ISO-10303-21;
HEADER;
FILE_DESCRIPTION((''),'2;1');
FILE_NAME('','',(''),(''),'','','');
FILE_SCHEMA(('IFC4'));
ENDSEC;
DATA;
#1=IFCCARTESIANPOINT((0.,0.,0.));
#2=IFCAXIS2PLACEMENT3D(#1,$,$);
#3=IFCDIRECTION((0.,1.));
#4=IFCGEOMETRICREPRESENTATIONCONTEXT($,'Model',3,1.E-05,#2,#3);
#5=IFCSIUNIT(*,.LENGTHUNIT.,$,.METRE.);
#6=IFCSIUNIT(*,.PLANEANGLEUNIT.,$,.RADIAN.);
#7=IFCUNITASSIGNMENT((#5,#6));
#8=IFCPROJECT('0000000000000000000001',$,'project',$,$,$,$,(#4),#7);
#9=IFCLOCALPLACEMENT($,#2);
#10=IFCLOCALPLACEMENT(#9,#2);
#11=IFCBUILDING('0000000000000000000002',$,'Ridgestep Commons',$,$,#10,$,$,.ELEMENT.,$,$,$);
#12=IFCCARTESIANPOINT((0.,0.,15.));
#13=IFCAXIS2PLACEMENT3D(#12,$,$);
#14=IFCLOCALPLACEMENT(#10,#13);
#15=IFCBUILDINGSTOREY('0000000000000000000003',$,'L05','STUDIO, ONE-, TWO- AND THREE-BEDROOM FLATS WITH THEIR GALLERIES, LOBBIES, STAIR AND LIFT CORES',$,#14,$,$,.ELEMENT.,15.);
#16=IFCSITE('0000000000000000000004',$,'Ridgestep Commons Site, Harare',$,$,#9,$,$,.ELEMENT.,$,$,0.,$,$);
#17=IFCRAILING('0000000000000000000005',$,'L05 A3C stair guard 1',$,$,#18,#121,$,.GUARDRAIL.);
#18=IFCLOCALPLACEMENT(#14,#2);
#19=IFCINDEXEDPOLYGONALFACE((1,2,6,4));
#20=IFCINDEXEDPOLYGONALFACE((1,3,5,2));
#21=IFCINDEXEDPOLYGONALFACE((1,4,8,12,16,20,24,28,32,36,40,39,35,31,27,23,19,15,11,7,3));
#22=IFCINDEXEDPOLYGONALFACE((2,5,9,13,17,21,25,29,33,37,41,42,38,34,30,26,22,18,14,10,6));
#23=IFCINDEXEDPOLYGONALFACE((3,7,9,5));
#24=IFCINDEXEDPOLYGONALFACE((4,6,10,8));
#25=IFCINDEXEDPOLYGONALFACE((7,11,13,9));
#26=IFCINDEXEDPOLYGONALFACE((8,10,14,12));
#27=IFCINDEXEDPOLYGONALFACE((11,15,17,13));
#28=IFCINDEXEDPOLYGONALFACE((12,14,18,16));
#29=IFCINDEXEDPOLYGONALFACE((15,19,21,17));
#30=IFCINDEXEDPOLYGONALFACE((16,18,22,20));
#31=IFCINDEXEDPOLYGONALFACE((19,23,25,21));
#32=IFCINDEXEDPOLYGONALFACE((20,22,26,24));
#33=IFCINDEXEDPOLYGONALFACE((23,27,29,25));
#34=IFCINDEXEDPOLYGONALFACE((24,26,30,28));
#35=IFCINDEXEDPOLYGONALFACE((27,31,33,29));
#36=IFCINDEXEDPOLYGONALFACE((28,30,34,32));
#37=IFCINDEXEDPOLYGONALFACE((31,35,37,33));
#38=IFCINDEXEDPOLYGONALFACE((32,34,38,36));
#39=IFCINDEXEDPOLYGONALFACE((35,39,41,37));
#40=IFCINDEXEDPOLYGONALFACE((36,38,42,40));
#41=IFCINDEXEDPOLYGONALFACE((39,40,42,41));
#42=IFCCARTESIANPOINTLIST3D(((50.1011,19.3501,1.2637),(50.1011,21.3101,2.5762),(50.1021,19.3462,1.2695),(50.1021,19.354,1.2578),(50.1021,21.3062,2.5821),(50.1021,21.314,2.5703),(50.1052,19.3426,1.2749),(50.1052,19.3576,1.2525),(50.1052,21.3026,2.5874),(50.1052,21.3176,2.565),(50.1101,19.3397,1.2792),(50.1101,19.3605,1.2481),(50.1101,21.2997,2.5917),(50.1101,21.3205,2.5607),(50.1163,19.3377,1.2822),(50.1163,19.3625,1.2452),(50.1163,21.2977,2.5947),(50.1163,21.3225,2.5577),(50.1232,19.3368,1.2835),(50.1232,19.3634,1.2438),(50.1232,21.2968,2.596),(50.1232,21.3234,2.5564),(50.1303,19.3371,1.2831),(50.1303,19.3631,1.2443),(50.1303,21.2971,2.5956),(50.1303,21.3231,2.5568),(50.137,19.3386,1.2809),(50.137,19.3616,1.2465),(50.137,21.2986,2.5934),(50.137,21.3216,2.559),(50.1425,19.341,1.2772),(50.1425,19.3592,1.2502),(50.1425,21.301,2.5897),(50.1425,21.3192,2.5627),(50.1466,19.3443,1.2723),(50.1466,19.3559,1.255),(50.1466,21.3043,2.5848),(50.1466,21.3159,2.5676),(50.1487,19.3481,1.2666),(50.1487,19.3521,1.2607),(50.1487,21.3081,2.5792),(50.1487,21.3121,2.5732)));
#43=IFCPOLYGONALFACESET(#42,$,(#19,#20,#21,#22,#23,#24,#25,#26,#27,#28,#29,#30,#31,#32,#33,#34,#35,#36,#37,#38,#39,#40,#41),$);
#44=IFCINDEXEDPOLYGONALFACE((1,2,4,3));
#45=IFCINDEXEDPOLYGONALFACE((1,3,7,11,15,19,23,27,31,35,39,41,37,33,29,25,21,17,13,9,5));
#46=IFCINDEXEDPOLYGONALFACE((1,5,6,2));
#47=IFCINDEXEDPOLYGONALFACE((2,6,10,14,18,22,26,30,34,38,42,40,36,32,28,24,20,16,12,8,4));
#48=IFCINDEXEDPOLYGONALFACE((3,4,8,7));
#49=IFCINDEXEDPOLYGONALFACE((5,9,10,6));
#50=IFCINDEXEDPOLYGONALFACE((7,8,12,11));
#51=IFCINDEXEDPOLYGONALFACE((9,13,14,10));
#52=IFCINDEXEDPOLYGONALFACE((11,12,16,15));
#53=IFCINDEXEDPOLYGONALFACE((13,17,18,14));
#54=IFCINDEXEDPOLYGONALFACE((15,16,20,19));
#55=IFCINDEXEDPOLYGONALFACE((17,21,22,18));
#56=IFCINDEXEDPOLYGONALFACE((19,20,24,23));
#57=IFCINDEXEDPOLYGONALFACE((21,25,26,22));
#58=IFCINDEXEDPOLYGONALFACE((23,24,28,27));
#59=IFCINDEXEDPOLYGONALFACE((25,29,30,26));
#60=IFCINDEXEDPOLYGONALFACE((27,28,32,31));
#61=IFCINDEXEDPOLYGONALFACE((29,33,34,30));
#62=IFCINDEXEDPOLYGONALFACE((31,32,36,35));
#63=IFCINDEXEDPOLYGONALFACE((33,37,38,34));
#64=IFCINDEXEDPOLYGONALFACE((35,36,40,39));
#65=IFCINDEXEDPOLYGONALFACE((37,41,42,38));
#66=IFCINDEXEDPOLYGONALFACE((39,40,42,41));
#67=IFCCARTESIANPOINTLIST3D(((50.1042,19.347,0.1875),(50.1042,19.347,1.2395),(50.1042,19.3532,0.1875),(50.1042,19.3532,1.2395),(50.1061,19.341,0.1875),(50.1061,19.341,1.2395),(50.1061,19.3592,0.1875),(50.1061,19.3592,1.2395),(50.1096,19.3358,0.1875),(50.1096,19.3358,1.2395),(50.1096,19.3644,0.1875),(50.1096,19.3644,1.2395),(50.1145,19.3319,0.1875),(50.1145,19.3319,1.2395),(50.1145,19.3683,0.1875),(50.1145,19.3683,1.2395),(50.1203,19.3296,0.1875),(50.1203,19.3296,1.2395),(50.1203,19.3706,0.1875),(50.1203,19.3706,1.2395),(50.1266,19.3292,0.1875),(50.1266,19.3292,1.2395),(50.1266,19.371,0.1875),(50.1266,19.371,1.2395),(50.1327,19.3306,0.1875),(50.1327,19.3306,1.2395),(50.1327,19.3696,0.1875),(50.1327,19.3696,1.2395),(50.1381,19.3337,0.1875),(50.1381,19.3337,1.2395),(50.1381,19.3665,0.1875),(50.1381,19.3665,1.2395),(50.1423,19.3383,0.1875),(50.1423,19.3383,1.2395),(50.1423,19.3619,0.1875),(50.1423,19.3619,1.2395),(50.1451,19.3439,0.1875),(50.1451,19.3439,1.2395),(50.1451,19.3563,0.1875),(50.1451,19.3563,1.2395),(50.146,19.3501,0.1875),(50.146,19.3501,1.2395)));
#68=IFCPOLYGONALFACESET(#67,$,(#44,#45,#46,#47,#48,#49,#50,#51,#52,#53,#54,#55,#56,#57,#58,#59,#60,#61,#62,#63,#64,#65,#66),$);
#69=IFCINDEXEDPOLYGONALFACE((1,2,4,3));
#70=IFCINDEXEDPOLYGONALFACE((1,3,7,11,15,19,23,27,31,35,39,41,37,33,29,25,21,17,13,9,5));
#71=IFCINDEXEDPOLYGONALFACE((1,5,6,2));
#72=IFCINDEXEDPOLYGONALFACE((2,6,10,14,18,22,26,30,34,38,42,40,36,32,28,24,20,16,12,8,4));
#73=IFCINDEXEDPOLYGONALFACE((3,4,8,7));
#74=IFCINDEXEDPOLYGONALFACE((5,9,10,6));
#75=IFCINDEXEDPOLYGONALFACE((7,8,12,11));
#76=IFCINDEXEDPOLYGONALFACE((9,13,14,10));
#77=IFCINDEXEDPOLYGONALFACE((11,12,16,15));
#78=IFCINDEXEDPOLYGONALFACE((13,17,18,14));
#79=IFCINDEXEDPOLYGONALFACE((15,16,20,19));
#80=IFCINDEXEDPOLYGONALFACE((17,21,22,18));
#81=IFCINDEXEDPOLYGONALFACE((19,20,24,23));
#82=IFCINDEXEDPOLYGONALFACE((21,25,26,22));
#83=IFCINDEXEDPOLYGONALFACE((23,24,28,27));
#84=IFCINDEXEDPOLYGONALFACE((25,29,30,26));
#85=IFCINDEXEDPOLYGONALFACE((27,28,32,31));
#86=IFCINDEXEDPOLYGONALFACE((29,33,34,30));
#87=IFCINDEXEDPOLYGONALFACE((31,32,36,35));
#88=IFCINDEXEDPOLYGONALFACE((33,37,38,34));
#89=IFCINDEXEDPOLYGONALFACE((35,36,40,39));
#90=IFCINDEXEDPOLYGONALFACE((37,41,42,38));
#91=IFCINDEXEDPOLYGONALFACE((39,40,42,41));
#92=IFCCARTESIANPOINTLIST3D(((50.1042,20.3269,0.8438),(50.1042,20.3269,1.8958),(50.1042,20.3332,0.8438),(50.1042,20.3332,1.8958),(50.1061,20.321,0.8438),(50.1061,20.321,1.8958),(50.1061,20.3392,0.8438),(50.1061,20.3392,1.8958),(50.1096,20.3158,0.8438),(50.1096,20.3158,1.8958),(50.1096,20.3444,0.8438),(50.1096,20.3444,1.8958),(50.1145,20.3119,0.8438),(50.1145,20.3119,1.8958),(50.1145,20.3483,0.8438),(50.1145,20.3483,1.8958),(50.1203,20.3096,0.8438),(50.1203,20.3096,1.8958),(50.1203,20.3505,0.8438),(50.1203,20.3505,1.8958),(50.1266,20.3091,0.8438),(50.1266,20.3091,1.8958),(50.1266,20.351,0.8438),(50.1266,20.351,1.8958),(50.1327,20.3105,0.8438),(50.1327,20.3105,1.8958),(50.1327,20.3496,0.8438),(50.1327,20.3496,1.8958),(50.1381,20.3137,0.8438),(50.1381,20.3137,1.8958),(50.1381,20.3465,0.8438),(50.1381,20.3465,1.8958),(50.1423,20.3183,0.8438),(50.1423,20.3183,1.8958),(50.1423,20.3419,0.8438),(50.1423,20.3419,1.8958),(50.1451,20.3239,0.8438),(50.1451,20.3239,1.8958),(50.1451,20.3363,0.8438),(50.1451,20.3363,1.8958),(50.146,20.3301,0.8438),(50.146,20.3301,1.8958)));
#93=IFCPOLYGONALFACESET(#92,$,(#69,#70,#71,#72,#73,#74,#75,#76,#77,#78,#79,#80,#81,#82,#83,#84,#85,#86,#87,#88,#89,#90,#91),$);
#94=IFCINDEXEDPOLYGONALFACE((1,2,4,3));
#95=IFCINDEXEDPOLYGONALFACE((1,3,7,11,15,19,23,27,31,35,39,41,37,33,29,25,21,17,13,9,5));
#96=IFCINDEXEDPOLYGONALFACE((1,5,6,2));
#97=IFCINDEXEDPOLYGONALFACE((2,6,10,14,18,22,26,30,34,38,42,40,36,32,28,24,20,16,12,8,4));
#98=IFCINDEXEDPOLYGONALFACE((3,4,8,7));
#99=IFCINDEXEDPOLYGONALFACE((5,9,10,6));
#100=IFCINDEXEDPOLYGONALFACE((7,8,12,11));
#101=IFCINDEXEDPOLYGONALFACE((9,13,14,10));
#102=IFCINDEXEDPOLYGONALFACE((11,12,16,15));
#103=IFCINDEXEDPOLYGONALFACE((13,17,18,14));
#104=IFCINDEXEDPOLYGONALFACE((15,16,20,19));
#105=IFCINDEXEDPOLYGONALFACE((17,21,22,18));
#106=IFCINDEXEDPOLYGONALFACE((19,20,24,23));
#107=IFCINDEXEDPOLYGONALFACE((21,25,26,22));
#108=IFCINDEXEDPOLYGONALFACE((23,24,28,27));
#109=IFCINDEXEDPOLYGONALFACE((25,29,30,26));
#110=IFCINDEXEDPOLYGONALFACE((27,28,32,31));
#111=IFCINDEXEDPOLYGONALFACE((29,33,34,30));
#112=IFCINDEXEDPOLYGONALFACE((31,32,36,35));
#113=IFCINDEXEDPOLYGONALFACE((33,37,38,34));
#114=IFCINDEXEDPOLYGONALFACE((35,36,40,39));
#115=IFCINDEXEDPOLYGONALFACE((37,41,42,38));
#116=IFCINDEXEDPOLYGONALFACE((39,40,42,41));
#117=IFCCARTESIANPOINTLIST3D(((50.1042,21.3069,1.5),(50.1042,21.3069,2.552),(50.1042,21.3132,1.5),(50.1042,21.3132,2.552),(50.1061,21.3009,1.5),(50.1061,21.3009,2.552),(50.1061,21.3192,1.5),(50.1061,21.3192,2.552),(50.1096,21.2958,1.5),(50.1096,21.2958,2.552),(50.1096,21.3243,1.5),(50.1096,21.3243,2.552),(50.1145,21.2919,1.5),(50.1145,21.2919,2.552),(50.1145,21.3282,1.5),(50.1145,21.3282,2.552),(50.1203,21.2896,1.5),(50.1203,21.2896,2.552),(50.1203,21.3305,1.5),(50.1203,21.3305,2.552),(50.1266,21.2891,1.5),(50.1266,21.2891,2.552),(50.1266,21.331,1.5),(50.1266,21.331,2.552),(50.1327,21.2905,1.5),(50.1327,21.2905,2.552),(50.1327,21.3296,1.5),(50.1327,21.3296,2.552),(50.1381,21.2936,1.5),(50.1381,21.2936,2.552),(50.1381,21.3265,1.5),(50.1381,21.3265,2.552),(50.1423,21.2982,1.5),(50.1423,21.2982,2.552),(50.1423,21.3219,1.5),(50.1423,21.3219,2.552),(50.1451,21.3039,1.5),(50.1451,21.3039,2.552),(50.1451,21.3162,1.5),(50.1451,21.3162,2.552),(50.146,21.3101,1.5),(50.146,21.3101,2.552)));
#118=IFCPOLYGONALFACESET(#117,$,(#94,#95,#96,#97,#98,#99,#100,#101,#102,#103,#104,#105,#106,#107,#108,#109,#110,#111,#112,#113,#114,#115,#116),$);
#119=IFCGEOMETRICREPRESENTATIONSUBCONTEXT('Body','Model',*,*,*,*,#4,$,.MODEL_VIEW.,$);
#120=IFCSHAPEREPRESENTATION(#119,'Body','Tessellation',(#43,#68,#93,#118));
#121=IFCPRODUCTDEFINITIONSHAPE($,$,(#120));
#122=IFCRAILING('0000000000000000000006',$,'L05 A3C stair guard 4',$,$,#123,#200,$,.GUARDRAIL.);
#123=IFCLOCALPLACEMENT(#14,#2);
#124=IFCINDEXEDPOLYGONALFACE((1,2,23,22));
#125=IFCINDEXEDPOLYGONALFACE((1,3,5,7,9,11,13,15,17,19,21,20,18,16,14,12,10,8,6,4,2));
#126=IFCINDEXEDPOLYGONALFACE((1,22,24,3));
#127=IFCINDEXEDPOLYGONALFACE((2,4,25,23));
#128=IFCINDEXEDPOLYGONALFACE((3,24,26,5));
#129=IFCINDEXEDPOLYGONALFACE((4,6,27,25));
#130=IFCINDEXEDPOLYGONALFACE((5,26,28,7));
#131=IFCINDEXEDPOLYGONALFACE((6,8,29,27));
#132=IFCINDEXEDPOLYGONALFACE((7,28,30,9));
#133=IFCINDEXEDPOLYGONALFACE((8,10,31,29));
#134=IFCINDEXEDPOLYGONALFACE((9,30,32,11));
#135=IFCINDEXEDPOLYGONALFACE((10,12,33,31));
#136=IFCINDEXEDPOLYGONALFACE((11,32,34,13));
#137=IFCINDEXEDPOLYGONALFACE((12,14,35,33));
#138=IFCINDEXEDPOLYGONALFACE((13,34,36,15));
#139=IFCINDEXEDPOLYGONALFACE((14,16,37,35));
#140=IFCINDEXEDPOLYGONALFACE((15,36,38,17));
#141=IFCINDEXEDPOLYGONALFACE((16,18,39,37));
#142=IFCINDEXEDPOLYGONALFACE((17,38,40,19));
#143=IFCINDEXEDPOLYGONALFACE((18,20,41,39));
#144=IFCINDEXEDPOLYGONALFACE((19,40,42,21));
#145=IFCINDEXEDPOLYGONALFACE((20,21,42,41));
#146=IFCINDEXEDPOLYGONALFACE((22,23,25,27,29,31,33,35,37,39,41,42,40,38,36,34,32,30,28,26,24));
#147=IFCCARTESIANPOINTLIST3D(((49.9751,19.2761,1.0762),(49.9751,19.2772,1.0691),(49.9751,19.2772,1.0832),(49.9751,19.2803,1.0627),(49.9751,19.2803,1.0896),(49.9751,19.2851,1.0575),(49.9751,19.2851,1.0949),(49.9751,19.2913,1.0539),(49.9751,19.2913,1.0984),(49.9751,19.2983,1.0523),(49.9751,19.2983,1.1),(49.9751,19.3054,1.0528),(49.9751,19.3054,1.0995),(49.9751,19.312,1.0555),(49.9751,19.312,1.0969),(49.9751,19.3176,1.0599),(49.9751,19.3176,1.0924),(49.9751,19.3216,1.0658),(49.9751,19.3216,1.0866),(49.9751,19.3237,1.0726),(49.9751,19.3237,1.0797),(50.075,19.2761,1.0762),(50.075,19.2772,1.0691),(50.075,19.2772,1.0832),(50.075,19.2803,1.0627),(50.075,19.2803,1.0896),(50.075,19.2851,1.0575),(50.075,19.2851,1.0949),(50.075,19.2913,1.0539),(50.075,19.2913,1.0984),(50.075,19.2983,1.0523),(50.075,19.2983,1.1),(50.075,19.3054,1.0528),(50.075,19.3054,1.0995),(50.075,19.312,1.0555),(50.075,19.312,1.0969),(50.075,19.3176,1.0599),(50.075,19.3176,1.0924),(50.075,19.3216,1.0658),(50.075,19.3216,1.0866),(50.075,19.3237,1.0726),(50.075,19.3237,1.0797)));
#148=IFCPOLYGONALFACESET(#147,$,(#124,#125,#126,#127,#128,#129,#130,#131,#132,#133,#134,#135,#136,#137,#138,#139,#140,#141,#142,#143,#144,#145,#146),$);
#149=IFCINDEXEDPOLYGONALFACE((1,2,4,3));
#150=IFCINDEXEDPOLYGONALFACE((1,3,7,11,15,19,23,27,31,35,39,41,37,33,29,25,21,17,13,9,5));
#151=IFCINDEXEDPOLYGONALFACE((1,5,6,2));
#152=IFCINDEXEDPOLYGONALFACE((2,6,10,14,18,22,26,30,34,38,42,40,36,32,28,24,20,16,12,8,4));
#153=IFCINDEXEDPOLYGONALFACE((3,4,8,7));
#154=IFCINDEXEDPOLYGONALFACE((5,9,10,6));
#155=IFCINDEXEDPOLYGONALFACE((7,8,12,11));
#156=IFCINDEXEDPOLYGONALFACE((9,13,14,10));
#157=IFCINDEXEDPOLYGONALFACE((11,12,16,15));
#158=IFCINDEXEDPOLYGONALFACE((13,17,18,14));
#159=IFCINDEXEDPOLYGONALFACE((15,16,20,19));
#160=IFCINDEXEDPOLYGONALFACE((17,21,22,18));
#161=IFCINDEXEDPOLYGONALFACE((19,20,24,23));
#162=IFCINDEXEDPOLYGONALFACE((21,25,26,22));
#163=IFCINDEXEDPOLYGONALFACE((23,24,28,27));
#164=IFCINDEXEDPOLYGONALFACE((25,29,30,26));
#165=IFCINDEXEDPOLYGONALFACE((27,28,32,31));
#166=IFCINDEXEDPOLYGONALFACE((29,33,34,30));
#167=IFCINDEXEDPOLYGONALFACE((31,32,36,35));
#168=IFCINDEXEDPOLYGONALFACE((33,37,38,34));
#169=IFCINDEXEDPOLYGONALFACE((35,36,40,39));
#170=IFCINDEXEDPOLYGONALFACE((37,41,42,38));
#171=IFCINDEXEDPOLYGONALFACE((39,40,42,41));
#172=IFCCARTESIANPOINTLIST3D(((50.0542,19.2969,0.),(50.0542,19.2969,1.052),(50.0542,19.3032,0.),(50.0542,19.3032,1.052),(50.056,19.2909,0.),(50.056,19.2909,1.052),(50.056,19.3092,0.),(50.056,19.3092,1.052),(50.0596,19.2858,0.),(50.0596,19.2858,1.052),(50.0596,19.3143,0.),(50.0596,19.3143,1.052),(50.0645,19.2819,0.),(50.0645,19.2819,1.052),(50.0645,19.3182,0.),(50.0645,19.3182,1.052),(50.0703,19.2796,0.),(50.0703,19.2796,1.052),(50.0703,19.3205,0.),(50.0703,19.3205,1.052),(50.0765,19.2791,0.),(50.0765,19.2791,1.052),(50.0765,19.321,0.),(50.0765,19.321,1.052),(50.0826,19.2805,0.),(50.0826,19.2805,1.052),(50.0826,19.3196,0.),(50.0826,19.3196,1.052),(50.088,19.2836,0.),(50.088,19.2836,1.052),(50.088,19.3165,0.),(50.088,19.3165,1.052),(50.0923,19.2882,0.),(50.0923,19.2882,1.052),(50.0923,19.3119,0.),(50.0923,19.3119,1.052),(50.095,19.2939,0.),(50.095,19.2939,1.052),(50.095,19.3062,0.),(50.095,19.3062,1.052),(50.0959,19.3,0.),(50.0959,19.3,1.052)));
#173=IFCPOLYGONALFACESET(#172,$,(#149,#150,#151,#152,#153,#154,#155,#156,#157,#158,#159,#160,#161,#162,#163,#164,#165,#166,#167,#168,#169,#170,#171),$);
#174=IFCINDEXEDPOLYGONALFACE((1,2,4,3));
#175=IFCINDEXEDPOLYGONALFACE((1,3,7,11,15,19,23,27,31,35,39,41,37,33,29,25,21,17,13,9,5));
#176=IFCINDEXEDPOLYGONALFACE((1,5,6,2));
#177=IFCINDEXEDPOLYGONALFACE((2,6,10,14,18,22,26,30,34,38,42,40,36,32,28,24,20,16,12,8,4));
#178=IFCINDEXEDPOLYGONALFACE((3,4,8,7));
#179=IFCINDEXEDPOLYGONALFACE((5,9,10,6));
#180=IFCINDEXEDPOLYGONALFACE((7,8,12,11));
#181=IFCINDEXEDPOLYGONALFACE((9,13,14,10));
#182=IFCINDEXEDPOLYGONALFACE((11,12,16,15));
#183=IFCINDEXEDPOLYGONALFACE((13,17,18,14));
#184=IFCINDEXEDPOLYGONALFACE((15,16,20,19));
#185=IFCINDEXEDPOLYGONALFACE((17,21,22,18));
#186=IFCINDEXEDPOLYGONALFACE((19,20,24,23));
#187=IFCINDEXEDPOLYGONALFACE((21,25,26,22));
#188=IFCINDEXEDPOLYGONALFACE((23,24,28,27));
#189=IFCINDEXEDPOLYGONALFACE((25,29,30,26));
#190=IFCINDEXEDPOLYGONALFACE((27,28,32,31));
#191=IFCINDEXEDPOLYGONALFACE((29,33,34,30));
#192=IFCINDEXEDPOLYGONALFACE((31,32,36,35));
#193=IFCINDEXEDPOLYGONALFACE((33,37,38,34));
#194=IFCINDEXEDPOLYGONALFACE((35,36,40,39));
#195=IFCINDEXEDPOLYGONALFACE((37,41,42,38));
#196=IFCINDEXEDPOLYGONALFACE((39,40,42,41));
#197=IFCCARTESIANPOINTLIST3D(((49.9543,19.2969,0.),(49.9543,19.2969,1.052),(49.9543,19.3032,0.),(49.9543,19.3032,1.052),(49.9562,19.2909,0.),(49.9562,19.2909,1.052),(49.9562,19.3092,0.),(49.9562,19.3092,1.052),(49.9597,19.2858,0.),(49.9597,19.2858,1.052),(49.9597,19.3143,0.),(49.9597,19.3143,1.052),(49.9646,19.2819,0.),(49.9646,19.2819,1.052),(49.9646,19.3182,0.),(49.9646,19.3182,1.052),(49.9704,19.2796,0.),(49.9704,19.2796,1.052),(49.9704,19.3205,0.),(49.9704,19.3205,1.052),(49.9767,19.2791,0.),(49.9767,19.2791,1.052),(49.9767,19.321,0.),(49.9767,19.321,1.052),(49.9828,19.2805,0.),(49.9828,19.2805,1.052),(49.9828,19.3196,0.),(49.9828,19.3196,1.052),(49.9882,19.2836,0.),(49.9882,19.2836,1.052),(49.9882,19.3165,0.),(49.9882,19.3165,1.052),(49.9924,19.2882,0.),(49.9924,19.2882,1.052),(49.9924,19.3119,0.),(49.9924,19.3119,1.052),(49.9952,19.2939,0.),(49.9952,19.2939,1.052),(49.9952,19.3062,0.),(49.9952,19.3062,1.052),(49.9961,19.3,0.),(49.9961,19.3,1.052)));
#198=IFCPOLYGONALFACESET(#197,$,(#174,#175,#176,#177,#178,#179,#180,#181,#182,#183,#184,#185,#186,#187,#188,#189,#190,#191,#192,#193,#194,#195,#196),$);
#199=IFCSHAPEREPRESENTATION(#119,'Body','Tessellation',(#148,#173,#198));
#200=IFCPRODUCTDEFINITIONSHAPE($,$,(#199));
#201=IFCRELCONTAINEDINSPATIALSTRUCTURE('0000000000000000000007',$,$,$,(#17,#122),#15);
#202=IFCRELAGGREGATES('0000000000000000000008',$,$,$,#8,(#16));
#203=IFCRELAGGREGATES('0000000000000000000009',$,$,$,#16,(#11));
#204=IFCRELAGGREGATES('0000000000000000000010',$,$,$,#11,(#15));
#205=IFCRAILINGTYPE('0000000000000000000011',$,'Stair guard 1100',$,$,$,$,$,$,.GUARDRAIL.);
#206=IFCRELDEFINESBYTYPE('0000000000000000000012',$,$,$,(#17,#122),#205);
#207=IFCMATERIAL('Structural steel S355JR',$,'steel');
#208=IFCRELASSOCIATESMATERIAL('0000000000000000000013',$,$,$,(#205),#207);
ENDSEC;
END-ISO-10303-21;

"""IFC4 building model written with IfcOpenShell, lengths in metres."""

from ifc_helpers import new_model, si_unit, direction, frame, origin, origin_2d, place, context, subcontext, project, spatial, circle, extrude, material, type_object, element, save


model = new_model("IFC4")

# Units and contexts
model_context = context("Model", 3, precision=1e-05, world=origin(), true_north=direction((0.0, 1.0)))
body_context = subcontext(model_context, "Body", "Model", "MODEL_VIEW")
ifc_project = project(units=[si_unit("LENGTHUNIT", "METRE"), si_unit("PLANEANGLEUNIT", "RADIAN")], contexts=[model_context])

# Site, building, storey
site_placement = place(None, origin())
site = spatial("IfcSite", under=ifc_project, at=site_placement, Name="Ridgestep Commons Site, Harare", CompositionType="ELEMENT", RefElevation=0.0)
building_placement = place(site_placement, origin())
building = spatial("IfcBuilding", under=site, at=building_placement, Name="Ridgestep Commons", CompositionType="ELEMENT")
storey_placement = place(building_placement, frame((0.0, 0.0, 15.0)))
storey = spatial("IfcBuildingStorey", under=building, at=storey_placement, Name="L05", Description="STUDIO, ONE-, TWO- AND THREE-BEDROOM FLATS WITH THEIR GALLERIES, LOBBIES, STAIR AND LIFT CORES", CompositionType="ELEMENT", Elevation=15.0)

# Railings
ifc_material_1 = material(Name="Structural steel S355JR", Category="steel")
railing_type_1 = type_object("IfcRailingType", Name="Stair guard 1100", PredefinedType="GUARDRAIL", material=ifc_material_1)
railing_1_placement = place(storey_placement, frame((50.125, 19.3501, 0.1875)))
element("IfcRailing", 1, at=railing_1_placement, inside=storey, type_object=railing_type_1, Name="L05 A3C stair guard 1", PredefinedType="GUARDRAIL", context=body_context, shape_type="SweptSolid", body=[
    extrude(circle(Radius=0.0239, at=origin_2d()), frame((0.0, 0.0, 1.0762), z_axis=(0.0, 0.830902, 0.556419), x_axis=(-1.0, 0.0, 0.0)), (0.0, 0.0, 1.0), 2.3589),
    extrude(circle(Radius=0.021, at=origin_2d()), origin(), (0.0, 0.0, 1.0), 1.052),
    extrude(circle(Radius=0.021, at=origin_2d()), frame((0.0, 0.98, 0.6562)), (0.0, 0.0, 1.0), 1.052),
    extrude(circle(Radius=0.021, at=origin_2d()), frame((0.0, 1.96, 1.3125)), (0.0, 0.0, 1.0), 1.052),
])
railing_2_placement = place(storey_placement, frame((50.075, 19.3, 0.0)))
element("IfcRailing", 2, at=railing_2_placement, inside=storey, type_object=railing_type_1, Name="L05 A3C stair guard 4", PredefinedType="GUARDRAIL", context=body_context, shape_type="SweptSolid", body=[
    extrude(circle(Radius=0.0239, at=origin_2d()), frame((0.0, 0.0, 1.0762), z_axis=(-1.0, 0.0, 0.0), x_axis=(0.0, -1.0, 0.0)), (0.0, 0.0, 1.0), 0.0999),
    extrude(circle(Radius=0.021, at=origin_2d()), origin(), (0.0, 0.0, 1.0), 1.052),
    extrude(circle(Radius=0.021, at=origin_2d()), frame((-0.0999, 0.0, 0.0)), (0.0, 0.0, 1.0), 1.052),
])

save(model, "model.ifc")
